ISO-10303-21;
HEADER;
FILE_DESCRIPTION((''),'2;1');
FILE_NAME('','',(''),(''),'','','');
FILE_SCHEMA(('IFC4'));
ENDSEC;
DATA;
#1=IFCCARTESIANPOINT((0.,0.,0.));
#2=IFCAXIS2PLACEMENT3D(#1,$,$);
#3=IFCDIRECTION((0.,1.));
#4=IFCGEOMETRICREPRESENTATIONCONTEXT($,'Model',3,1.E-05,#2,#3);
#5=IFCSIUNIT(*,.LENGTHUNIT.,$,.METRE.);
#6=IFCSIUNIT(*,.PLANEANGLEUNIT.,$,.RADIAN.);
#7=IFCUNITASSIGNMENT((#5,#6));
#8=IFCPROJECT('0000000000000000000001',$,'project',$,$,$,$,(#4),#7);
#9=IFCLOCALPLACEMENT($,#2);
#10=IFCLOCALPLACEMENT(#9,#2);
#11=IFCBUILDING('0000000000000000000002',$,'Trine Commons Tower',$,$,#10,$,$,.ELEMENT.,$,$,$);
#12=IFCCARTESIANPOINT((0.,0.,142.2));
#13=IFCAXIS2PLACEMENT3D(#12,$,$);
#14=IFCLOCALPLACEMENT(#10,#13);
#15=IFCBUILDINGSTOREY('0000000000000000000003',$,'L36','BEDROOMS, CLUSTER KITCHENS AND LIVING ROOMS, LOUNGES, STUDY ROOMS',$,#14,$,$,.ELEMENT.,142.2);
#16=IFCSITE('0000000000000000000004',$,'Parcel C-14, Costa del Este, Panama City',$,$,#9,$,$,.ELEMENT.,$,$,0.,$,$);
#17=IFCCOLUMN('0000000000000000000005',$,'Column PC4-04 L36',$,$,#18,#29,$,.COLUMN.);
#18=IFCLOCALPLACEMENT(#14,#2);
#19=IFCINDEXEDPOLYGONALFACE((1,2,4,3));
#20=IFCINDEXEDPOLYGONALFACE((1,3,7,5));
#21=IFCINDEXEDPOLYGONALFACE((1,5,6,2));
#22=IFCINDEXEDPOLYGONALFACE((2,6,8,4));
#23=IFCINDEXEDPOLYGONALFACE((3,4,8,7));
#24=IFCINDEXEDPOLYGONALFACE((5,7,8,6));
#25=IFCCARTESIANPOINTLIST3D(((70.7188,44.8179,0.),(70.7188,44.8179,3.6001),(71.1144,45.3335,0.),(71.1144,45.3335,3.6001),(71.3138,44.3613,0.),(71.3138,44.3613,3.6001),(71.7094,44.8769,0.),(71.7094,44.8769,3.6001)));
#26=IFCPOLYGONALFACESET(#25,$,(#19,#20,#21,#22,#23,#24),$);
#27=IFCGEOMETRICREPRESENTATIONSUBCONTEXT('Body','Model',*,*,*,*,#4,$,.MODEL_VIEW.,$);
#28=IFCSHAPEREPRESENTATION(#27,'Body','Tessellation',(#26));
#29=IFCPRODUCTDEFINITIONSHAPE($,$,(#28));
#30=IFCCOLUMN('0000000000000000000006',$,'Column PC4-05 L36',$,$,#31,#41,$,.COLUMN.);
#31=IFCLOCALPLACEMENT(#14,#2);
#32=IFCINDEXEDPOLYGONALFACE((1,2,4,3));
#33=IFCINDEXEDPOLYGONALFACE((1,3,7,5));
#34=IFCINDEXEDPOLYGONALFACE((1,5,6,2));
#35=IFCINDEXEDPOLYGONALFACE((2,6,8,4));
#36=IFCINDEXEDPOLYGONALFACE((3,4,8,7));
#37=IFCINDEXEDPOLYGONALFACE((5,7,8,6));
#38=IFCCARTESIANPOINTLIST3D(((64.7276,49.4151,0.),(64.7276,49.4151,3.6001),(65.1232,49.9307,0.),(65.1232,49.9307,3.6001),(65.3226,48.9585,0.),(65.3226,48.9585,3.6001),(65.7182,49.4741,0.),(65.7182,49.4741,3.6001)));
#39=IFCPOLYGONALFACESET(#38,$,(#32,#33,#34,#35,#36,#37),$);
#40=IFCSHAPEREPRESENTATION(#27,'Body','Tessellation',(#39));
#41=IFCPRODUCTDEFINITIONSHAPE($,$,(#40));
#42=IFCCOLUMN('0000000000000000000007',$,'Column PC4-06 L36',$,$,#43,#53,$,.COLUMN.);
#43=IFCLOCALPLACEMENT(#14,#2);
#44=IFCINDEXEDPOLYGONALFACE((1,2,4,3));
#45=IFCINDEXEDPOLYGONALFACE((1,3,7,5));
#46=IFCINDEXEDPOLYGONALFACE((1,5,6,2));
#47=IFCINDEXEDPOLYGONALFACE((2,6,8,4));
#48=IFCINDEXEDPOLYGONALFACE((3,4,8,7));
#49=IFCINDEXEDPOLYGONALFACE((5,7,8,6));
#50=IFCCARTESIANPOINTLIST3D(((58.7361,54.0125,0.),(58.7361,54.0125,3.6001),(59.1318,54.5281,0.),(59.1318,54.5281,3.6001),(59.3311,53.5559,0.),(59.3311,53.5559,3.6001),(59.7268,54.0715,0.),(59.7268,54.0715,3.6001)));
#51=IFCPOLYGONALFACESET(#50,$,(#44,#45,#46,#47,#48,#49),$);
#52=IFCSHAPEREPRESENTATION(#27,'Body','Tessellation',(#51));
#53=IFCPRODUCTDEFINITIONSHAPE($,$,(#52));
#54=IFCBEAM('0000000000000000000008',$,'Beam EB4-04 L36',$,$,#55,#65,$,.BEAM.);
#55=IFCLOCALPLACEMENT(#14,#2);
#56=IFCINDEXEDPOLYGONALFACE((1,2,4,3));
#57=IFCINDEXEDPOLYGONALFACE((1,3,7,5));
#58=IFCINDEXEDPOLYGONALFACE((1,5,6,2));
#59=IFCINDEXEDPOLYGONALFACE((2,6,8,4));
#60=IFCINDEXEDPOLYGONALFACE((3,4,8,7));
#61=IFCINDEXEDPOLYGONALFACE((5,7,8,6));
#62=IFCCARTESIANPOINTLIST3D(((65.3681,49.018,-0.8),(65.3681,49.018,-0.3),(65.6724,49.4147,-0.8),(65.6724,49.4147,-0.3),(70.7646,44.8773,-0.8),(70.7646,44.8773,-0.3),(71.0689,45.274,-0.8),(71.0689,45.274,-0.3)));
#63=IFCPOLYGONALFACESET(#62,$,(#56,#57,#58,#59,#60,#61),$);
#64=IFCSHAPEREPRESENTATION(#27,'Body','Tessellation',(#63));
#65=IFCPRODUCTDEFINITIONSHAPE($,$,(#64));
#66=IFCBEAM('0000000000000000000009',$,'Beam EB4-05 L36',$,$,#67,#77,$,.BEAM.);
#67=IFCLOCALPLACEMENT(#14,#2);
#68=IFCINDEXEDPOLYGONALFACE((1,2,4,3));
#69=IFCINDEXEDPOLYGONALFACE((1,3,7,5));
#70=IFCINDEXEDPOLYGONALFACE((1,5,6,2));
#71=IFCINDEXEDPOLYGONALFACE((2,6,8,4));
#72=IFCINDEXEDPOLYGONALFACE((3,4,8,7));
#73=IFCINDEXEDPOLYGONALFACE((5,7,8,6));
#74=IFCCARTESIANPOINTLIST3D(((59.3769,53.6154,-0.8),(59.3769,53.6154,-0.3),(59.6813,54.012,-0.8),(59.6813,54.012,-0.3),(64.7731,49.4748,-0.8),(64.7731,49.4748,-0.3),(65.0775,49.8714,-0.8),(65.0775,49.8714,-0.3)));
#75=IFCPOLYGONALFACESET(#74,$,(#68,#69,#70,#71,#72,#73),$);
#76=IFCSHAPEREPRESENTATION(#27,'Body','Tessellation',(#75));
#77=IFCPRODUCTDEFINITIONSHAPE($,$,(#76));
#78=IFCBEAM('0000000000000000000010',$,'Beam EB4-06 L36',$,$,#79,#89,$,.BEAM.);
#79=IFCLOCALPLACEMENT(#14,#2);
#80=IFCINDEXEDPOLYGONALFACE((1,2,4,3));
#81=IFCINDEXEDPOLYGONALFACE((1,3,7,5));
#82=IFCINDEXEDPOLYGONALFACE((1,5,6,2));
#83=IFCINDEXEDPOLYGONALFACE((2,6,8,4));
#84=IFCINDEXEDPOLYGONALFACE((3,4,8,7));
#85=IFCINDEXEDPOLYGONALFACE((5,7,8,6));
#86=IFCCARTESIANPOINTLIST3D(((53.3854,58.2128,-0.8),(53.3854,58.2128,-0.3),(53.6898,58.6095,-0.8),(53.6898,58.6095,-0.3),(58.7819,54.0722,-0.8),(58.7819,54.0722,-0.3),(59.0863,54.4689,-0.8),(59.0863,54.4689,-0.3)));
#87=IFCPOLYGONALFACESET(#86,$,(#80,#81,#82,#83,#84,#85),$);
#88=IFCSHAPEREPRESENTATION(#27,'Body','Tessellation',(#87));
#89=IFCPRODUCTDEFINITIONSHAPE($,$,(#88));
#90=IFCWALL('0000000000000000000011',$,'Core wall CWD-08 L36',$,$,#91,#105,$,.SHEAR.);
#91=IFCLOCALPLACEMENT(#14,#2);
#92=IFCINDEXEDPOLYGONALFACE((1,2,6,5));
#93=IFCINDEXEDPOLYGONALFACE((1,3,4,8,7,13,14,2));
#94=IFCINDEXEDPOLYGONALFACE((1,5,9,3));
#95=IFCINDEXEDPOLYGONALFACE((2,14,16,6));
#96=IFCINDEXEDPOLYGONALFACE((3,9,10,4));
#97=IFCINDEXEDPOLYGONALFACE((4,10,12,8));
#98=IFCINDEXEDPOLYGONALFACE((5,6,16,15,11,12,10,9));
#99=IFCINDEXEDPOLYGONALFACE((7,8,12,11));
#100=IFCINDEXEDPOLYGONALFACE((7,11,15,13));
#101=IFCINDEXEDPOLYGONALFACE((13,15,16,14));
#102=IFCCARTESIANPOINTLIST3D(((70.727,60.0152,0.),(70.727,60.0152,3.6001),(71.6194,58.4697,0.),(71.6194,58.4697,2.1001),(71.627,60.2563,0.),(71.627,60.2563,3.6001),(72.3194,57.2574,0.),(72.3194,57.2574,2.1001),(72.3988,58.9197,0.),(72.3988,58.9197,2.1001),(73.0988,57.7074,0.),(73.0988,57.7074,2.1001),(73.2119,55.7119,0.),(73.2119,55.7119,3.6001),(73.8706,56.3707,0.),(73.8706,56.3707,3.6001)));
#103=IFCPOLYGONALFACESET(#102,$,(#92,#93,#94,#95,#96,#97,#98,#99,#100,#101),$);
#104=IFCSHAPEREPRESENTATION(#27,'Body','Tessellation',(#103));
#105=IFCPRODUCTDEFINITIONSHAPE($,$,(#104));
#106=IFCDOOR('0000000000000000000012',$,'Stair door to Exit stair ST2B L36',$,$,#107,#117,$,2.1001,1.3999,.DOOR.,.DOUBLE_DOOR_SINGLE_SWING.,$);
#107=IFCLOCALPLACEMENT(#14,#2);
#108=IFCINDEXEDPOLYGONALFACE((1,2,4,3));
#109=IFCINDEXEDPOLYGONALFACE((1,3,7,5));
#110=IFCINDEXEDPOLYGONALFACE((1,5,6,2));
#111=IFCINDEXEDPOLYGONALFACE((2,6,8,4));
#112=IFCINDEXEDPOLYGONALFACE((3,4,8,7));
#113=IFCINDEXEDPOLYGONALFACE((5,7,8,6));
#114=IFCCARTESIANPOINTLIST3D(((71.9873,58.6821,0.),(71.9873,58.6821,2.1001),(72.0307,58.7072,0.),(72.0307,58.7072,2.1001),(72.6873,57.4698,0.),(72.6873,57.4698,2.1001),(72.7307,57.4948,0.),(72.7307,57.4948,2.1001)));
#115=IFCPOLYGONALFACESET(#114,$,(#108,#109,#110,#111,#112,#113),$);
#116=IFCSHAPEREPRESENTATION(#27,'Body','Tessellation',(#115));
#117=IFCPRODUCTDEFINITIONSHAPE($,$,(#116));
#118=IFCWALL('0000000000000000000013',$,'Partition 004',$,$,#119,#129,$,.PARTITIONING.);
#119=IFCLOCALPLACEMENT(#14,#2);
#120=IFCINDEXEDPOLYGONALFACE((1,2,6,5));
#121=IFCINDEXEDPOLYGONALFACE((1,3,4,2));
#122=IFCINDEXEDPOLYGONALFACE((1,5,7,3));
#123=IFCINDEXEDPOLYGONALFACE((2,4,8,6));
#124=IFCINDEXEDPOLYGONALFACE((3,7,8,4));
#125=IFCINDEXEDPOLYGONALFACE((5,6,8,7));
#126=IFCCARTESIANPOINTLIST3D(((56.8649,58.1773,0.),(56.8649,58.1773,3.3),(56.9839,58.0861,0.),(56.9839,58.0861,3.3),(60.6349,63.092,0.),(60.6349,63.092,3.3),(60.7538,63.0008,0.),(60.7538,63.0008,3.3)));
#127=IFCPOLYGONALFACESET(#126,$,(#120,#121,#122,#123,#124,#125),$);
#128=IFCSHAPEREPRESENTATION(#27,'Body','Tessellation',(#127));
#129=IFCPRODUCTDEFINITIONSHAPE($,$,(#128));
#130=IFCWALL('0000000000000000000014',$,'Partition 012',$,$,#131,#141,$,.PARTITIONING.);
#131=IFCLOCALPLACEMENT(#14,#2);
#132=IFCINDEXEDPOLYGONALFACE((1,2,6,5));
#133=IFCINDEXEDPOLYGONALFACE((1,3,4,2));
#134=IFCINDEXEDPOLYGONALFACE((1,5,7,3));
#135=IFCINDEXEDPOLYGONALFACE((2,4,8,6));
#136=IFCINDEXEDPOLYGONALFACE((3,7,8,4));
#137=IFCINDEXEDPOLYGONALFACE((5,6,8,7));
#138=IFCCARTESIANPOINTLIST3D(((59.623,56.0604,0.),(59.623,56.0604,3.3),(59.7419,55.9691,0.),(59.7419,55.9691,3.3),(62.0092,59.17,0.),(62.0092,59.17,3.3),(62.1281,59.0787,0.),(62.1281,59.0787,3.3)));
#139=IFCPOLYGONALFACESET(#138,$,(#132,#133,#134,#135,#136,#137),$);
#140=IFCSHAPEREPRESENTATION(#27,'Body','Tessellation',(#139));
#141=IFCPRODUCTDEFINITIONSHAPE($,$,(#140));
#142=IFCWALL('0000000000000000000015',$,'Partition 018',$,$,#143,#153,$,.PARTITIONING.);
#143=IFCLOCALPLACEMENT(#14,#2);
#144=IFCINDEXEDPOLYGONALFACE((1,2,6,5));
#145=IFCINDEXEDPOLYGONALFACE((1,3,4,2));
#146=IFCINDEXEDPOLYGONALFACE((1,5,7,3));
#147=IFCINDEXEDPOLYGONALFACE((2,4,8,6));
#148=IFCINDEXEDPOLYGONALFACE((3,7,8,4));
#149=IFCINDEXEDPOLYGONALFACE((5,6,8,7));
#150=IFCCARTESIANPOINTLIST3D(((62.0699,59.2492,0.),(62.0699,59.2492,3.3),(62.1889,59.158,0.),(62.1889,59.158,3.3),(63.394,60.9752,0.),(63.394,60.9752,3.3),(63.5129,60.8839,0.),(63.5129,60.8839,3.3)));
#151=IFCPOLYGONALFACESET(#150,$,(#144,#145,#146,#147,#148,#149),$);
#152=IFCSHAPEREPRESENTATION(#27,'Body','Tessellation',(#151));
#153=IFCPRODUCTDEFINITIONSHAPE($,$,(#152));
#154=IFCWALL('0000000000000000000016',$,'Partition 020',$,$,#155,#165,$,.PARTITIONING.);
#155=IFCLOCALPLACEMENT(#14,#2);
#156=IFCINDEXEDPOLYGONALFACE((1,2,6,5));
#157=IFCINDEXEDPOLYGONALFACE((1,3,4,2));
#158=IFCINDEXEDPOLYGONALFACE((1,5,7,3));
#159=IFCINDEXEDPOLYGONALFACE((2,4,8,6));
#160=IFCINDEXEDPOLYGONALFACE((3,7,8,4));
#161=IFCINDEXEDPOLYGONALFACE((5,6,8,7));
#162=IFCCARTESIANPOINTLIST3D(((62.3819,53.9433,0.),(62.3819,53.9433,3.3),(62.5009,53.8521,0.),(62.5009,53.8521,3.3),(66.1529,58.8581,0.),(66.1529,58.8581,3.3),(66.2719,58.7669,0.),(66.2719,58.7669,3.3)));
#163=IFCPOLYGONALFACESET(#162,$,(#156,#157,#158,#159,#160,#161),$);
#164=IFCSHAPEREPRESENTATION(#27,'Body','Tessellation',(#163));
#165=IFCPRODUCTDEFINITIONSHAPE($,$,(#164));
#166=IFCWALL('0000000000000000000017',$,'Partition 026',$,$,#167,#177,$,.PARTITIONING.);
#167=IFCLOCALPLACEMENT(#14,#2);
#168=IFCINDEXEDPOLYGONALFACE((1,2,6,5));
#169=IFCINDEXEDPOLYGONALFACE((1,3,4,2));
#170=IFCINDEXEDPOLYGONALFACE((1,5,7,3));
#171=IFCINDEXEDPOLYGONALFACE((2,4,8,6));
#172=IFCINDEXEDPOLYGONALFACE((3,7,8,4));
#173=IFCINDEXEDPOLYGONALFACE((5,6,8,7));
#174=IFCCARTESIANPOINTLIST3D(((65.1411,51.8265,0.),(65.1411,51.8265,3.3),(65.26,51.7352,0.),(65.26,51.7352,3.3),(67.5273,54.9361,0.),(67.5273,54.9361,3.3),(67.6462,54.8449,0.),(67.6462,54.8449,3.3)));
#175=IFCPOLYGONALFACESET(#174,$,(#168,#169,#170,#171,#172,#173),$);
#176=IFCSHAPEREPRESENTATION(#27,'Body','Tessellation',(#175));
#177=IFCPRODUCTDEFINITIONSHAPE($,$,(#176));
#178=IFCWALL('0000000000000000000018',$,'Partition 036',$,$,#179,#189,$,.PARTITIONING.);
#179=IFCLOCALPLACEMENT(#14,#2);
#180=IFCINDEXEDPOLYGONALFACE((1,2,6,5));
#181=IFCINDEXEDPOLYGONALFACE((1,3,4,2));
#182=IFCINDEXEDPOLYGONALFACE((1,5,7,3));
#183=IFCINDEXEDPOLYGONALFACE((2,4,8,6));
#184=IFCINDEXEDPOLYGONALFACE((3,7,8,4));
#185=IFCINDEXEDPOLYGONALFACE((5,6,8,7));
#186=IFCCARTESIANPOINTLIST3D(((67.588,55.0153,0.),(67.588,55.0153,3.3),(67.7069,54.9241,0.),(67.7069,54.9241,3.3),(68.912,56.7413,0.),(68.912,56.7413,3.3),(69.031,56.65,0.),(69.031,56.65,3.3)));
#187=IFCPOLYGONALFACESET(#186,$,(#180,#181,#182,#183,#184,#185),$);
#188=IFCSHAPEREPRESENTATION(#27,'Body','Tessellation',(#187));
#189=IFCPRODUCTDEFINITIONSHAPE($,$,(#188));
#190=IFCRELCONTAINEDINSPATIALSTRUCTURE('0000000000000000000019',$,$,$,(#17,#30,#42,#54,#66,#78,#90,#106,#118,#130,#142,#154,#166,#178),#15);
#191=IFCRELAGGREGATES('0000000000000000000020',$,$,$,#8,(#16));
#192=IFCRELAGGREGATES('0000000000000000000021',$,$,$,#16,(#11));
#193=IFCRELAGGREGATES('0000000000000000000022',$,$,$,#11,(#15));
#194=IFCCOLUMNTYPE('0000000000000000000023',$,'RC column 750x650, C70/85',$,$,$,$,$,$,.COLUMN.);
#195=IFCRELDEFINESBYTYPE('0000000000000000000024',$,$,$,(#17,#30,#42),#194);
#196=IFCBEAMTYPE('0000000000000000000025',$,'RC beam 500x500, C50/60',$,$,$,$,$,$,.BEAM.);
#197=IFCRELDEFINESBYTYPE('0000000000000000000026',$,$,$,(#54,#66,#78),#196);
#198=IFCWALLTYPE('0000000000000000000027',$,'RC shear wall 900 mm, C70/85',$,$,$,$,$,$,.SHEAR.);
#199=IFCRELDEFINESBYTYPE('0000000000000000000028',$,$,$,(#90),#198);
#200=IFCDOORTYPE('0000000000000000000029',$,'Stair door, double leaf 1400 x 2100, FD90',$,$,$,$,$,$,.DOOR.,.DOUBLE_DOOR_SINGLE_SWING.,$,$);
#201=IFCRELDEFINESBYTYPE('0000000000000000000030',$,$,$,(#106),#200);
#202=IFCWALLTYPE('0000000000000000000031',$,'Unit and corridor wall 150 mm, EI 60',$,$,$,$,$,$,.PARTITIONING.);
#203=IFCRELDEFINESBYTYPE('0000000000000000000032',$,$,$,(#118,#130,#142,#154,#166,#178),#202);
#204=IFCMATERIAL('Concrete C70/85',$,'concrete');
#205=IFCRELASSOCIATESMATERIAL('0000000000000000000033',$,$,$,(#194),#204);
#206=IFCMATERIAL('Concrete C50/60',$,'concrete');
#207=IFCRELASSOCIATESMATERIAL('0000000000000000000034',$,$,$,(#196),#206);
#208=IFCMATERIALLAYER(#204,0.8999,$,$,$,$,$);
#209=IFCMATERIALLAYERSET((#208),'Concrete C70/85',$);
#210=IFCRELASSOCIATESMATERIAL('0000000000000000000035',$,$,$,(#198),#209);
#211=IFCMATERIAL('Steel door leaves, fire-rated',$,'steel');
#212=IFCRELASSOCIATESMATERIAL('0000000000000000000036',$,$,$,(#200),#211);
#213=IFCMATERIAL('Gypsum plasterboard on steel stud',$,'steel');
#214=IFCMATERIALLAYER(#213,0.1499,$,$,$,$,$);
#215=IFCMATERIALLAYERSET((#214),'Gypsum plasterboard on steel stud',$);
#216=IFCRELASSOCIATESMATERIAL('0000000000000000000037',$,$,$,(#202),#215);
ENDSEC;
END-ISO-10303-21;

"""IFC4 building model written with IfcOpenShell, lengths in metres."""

from ifc_helpers import new_model, si_unit, direction, frame, frame_2d, origin, origin_2d, place, context, subcontext, project, spatial, polyline, rectangle, outline, extrude, material, layer, layer_set, material_profile, profile_set, type_object, element, fill, save


model = new_model("IFC4")

# Units and contexts
model_context = context("Model", 3, precision=1e-05, world=origin(), true_north=direction((0.0, 1.0)))
body_context = subcontext(model_context, "Body", "Model", "MODEL_VIEW")
ifc_project = project(units=[si_unit("LENGTHUNIT", "METRE"), si_unit("PLANEANGLEUNIT", "RADIAN")], contexts=[model_context])

# Site, building, storey
site_placement = place(None, origin())
site = spatial("IfcSite", under=ifc_project, at=site_placement, Name="Parcel C-14, Costa del Este, Panama City", CompositionType="ELEMENT", RefElevation=0.0)
building_placement = place(site_placement, origin())
building = spatial("IfcBuilding", under=site, at=building_placement, Name="Trine Commons Tower", CompositionType="ELEMENT")
storey_placement = place(building_placement, frame((0.0, 0.0, 142.2)))
storey = spatial("IfcBuildingStorey", under=building, at=storey_placement, Name="L36", Description="BEDROOMS, CLUSTER KITCHENS AND LIVING ROOMS, LOUNGES, STUDY ROOMS", CompositionType="ELEMENT", Elevation=142.2)

# Columns
ifc_material_1 = material(Name="Concrete C70/85", Category="concrete")
ifc_material_profile_1 = material_profile(ifc_material_1, rectangle(XDim=0.75, YDim=0.6499, at=origin_2d()), Name="RC 750x650")
ifc_profile_set_1 = profile_set([ifc_material_profile_1], Name="Concrete C70/85")
column_type = type_object("IfcColumnType", Name="RC column 750x650, C70/85", PredefinedType="COLUMN", material=ifc_profile_set_1)
for number, where, z_axis, x_axis, name in (
    (1, (71.2141, 44.8474, 0.0), (0.0, 0.0, 1.0), (-0.793353, 0.608761, 0.0), "Column PC4-04 L36"),
    (2, (65.2229, 49.4446, 0.0), (0.0, 0.0, 1.0), (-0.793353, 0.608761, 0.0), "Column PC4-05 L36"),
    (3, (59.2314, 54.042, 0.0), (0.0, 0.0, 1.0), (-0.793353, 0.608761, 0.0), "Column PC4-06 L36"),
):
    element("IfcColumn", number, at=place(storey_placement, frame(where, z_axis=z_axis, x_axis=x_axis)), inside=storey, type_object=column_type, Name=name, PredefinedType="COLUMN", context=body_context, shape_type="SweptSolid", body=[
        extrude(rectangle(XDim=0.75, YDim=0.6499, at=origin_2d()), origin(), (0.0, 0.0, 1.0), 3.6001),
    ])

# Beams
ifc_material_2 = material(Name="Concrete C50/60", Category="concrete")
ifc_material_profile_2 = material_profile(ifc_material_2, rectangle(XDim=0.5, YDim=0.5, at=origin_2d()), Name="RC 500x500")
ifc_profile_set_2 = profile_set([ifc_material_profile_2], Name="Concrete C50/60")
beam_type = type_object("IfcBeamType", Name="RC beam 500x500, C50/60", PredefinedType="BEAM", material=ifc_profile_set_2)
beam_1_placement = place(storey_placement, frame((70.9167, 45.0757, -0.55), z_axis=(-0.793371, 0.608739, 0.0), x_axis=(-0.608739, -0.793371, 0.0)))
element("IfcBeam", 4, at=beam_1_placement, inside=storey, type_object=beam_type, Name="Beam EB4-04 L36", PredefinedType="BEAM", context=body_context, shape_type="SweptSolid", body=[
    extrude(rectangle(XDim=0.5, YDim=0.5, at=origin_2d()), origin(), (0.0, 0.0, 1.0), 6.802),
])
beam_2_placement = place(storey_placement, frame((64.9253, 49.6731, -0.55), z_axis=(-0.793357, 0.608756, 0.0), x_axis=(-0.608756, -0.793357, 0.0)))
element("IfcBeam", 5, at=beam_2_placement, inside=storey, type_object=beam_type, Name="Beam EB4-05 L36", PredefinedType="BEAM", context=body_context, shape_type="SweptSolid", body=[
    extrude(rectangle(XDim=0.5, YDim=0.5, at=origin_2d()), origin(), (0.0, 0.0, 1.0), 6.8018),
])
beam_3_placement = place(storey_placement, frame((58.9341, 54.2705, -0.55), z_axis=(-0.793371, 0.608739, 0.0), x_axis=(-0.608739, -0.793371, 0.0)))
element("IfcBeam", 6, at=beam_3_placement, inside=storey, type_object=beam_type, Name="Beam EB4-06 L36", PredefinedType="BEAM", context=body_context, shape_type="SweptSolid", body=[
    extrude(rectangle(XDim=0.5, YDim=0.5, at=origin_2d()), origin(), (0.0, 0.0, 1.0), 6.802),
])

# Wall, opening, door
ifc_layer_1 = layer(ifc_material_1, 0.8999)
ifc_layer_set_1 = layer_set([ifc_layer_1], Name="Concrete C70/85")
wall_type_1 = type_object("IfcWallType", Name="RC shear wall 900 mm, C70/85", PredefinedType="SHEAR", material=ifc_layer_set_1)
wall_1_placement = place(storey_placement, frame((71.1167, 60.2402, 0.0), z_axis=(0.0, 0.0, 1.0), x_axis=(0.500039, -0.866003, 0.0)))
wall_1 = element("IfcWall", 7, at=wall_1_placement, inside=storey, type_object=wall_type_1, Name="Core wall CWD-08 L36", PredefinedType="SHEAR", context=body_context, shape_type="SweptSolid", body=[
    extrude(outline(polyline([(0.0, -0.45), (4.9692, -0.45), (4.728, 0.45), (0.2412, 0.45), (0.0, -0.45)])), origin(), (0.0, 0.0, 1.0), 3.6001),
])
opening_1_placement = place(wall_1_placement, frame((1.7847, 0.0, 0.0)))
opening_1 = element("IfcOpeningElement", 8, at=opening_1_placement, cuts=wall_1, PredefinedType="OPENING", context=body_context, shape_type="SweptSolid", body=[
    extrude(rectangle(XDim=1.3999, YDim=2.1001, at=frame_2d((0.7, 1.05))), frame((0.0, 0.46, 0.0), z_axis=(0.0, -1.0, 0.0), x_axis=(1.0, 0.0, 0.0)), (0.0, 0.0, 1.0), 0.9199),
])
ifc_material_3 = material(Name="Steel door leaves, fire-rated", Category="steel")
door_type_1 = type_object("IfcDoorType", Name="Stair door, double leaf 1400 x 2100, FD90", OperationType="DOUBLE_DOOR_SINGLE_SWING", PredefinedType="DOOR", material=ifc_material_3)
door_1_placement = place(opening_1_placement, origin())
door_1 = element("IfcDoor", 9, at=door_1_placement, inside=storey, type_object=door_type_1, Name="Stair door to Exit stair ST2B L36", OperationType="DOUBLE_DOOR_SINGLE_SWING", OverallHeight=2.1001, OverallWidth=1.3999, PredefinedType="DOOR", context=body_context, shape_type="SweptSolid", body=[
    extrude(rectangle(XDim=1.3999, YDim=2.1001, at=frame_2d((0.7, 1.05))), frame((0.0, 0.0249, 0.0), z_axis=(0.0, -1.0, 0.0), x_axis=(1.0, 0.0, 0.0)), (0.0, 0.0, 1.0), 0.05),
])
fill(opening_1, door_1)

# Walls
ifc_material_4 = material(Name="Gypsum plasterboard on steel stud", Category="steel")
ifc_layer_2 = layer(ifc_material_4, 0.1499)
ifc_layer_set_2 = layer_set([ifc_layer_2], Name="Gypsum plasterboard on steel stud")
wall_type_2 = type_object("IfcWallType", Name="Unit and corridor wall 150 mm, EI 60", PredefinedType="PARTITIONING", material=ifc_layer_set_2)
wall_2_placement = place(storey_placement, frame((56.9243, 58.1316, 0.0), z_axis=(0.0, 0.0, 1.0), x_axis=(0.608636, 0.79345, 0.0)))
element("IfcWall", 10, at=wall_2_placement, inside=storey, type_object=wall_type_2, Name="Partition 004", PredefinedType="PARTITIONING", context=body_context, shape_type="SweptSolid", body=[
    extrude(rectangle(XDim=6.1941, YDim=0.1499, at=frame_2d((3.0972, 0.0))), origin(), (0.0, 0.0, 1.0), 3.3),
])
wall_3_placement = place(storey_placement, frame((59.6824, 56.0146, 0.0), z_axis=(0.0, 0.0, 1.0), x_axis=(0.608783, 0.793337, 0.0)))
element("IfcWall", 11, at=wall_3_placement, inside=storey, type_object=wall_type_2, Name="Partition 012", PredefinedType="PARTITIONING", context=body_context, shape_type="SweptSolid", body=[
    extrude(rectangle(XDim=3.9197, YDim=0.1499, at=frame_2d((1.96, 0.0))), origin(), (0.0, 0.0, 1.0), 3.3),
])
wall_4_placement = place(storey_placement, frame((62.1294, 59.2036, 0.0), z_axis=(0.0, 0.0, 1.0), x_axis=(0.608674, 0.79342, 0.0)))
element("IfcWall", 12, at=wall_4_placement, inside=storey, type_object=wall_type_2, Name="Partition 018", PredefinedType="PARTITIONING", context=body_context, shape_type="SweptSolid", body=[
    extrude(rectangle(XDim=2.1753, YDim=0.1499, at=frame_2d((1.0876, 0.0))), origin(), (0.0, 0.0, 1.0), 3.3),
])
wall_5_placement = place(storey_placement, frame((62.4414, 53.8977, 0.0), z_axis=(0.0, 0.0, 1.0), x_axis=(0.608735, 0.793374, 0.0)))
element("IfcWall", 13, at=wall_5_placement, inside=storey, type_object=wall_type_2, Name="Partition 020", PredefinedType="PARTITIONING", context=body_context, shape_type="SweptSolid", body=[
    extrude(rectangle(XDim=6.1948, YDim=0.1499, at=frame_2d((3.0974, 0.0))), origin(), (0.0, 0.0, 1.0), 3.3),
])
wall_6_placement = place(storey_placement, frame((65.2004, 51.7808, 0.0), z_axis=(0.0, 0.0, 1.0), x_axis=(0.608783, 0.793337, 0.0)))
element("IfcWall", 14, at=wall_6_placement, inside=storey, type_object=wall_type_2, Name="Partition 026", PredefinedType="PARTITIONING", context=body_context, shape_type="SweptSolid", body=[
    extrude(rectangle(XDim=3.9197, YDim=0.1499, at=frame_2d((1.96, 0.0))), origin(), (0.0, 0.0, 1.0), 3.3),
])
wall_7_placement = place(storey_placement, frame((67.6475, 54.9697, 0.0), z_axis=(0.0, 0.0, 1.0), x_axis=(0.608674, 0.79342, 0.0)))
element("IfcWall", 15, at=wall_7_placement, inside=storey, type_object=wall_type_2, Name="Partition 036", PredefinedType="PARTITIONING", context=body_context, shape_type="SweptSolid", body=[
    extrude(rectangle(XDim=2.1753, YDim=0.1499, at=frame_2d((1.0876, 0.0))), origin(), (0.0, 0.0, 1.0), 3.3),
])

save(model, "model.ifc")
